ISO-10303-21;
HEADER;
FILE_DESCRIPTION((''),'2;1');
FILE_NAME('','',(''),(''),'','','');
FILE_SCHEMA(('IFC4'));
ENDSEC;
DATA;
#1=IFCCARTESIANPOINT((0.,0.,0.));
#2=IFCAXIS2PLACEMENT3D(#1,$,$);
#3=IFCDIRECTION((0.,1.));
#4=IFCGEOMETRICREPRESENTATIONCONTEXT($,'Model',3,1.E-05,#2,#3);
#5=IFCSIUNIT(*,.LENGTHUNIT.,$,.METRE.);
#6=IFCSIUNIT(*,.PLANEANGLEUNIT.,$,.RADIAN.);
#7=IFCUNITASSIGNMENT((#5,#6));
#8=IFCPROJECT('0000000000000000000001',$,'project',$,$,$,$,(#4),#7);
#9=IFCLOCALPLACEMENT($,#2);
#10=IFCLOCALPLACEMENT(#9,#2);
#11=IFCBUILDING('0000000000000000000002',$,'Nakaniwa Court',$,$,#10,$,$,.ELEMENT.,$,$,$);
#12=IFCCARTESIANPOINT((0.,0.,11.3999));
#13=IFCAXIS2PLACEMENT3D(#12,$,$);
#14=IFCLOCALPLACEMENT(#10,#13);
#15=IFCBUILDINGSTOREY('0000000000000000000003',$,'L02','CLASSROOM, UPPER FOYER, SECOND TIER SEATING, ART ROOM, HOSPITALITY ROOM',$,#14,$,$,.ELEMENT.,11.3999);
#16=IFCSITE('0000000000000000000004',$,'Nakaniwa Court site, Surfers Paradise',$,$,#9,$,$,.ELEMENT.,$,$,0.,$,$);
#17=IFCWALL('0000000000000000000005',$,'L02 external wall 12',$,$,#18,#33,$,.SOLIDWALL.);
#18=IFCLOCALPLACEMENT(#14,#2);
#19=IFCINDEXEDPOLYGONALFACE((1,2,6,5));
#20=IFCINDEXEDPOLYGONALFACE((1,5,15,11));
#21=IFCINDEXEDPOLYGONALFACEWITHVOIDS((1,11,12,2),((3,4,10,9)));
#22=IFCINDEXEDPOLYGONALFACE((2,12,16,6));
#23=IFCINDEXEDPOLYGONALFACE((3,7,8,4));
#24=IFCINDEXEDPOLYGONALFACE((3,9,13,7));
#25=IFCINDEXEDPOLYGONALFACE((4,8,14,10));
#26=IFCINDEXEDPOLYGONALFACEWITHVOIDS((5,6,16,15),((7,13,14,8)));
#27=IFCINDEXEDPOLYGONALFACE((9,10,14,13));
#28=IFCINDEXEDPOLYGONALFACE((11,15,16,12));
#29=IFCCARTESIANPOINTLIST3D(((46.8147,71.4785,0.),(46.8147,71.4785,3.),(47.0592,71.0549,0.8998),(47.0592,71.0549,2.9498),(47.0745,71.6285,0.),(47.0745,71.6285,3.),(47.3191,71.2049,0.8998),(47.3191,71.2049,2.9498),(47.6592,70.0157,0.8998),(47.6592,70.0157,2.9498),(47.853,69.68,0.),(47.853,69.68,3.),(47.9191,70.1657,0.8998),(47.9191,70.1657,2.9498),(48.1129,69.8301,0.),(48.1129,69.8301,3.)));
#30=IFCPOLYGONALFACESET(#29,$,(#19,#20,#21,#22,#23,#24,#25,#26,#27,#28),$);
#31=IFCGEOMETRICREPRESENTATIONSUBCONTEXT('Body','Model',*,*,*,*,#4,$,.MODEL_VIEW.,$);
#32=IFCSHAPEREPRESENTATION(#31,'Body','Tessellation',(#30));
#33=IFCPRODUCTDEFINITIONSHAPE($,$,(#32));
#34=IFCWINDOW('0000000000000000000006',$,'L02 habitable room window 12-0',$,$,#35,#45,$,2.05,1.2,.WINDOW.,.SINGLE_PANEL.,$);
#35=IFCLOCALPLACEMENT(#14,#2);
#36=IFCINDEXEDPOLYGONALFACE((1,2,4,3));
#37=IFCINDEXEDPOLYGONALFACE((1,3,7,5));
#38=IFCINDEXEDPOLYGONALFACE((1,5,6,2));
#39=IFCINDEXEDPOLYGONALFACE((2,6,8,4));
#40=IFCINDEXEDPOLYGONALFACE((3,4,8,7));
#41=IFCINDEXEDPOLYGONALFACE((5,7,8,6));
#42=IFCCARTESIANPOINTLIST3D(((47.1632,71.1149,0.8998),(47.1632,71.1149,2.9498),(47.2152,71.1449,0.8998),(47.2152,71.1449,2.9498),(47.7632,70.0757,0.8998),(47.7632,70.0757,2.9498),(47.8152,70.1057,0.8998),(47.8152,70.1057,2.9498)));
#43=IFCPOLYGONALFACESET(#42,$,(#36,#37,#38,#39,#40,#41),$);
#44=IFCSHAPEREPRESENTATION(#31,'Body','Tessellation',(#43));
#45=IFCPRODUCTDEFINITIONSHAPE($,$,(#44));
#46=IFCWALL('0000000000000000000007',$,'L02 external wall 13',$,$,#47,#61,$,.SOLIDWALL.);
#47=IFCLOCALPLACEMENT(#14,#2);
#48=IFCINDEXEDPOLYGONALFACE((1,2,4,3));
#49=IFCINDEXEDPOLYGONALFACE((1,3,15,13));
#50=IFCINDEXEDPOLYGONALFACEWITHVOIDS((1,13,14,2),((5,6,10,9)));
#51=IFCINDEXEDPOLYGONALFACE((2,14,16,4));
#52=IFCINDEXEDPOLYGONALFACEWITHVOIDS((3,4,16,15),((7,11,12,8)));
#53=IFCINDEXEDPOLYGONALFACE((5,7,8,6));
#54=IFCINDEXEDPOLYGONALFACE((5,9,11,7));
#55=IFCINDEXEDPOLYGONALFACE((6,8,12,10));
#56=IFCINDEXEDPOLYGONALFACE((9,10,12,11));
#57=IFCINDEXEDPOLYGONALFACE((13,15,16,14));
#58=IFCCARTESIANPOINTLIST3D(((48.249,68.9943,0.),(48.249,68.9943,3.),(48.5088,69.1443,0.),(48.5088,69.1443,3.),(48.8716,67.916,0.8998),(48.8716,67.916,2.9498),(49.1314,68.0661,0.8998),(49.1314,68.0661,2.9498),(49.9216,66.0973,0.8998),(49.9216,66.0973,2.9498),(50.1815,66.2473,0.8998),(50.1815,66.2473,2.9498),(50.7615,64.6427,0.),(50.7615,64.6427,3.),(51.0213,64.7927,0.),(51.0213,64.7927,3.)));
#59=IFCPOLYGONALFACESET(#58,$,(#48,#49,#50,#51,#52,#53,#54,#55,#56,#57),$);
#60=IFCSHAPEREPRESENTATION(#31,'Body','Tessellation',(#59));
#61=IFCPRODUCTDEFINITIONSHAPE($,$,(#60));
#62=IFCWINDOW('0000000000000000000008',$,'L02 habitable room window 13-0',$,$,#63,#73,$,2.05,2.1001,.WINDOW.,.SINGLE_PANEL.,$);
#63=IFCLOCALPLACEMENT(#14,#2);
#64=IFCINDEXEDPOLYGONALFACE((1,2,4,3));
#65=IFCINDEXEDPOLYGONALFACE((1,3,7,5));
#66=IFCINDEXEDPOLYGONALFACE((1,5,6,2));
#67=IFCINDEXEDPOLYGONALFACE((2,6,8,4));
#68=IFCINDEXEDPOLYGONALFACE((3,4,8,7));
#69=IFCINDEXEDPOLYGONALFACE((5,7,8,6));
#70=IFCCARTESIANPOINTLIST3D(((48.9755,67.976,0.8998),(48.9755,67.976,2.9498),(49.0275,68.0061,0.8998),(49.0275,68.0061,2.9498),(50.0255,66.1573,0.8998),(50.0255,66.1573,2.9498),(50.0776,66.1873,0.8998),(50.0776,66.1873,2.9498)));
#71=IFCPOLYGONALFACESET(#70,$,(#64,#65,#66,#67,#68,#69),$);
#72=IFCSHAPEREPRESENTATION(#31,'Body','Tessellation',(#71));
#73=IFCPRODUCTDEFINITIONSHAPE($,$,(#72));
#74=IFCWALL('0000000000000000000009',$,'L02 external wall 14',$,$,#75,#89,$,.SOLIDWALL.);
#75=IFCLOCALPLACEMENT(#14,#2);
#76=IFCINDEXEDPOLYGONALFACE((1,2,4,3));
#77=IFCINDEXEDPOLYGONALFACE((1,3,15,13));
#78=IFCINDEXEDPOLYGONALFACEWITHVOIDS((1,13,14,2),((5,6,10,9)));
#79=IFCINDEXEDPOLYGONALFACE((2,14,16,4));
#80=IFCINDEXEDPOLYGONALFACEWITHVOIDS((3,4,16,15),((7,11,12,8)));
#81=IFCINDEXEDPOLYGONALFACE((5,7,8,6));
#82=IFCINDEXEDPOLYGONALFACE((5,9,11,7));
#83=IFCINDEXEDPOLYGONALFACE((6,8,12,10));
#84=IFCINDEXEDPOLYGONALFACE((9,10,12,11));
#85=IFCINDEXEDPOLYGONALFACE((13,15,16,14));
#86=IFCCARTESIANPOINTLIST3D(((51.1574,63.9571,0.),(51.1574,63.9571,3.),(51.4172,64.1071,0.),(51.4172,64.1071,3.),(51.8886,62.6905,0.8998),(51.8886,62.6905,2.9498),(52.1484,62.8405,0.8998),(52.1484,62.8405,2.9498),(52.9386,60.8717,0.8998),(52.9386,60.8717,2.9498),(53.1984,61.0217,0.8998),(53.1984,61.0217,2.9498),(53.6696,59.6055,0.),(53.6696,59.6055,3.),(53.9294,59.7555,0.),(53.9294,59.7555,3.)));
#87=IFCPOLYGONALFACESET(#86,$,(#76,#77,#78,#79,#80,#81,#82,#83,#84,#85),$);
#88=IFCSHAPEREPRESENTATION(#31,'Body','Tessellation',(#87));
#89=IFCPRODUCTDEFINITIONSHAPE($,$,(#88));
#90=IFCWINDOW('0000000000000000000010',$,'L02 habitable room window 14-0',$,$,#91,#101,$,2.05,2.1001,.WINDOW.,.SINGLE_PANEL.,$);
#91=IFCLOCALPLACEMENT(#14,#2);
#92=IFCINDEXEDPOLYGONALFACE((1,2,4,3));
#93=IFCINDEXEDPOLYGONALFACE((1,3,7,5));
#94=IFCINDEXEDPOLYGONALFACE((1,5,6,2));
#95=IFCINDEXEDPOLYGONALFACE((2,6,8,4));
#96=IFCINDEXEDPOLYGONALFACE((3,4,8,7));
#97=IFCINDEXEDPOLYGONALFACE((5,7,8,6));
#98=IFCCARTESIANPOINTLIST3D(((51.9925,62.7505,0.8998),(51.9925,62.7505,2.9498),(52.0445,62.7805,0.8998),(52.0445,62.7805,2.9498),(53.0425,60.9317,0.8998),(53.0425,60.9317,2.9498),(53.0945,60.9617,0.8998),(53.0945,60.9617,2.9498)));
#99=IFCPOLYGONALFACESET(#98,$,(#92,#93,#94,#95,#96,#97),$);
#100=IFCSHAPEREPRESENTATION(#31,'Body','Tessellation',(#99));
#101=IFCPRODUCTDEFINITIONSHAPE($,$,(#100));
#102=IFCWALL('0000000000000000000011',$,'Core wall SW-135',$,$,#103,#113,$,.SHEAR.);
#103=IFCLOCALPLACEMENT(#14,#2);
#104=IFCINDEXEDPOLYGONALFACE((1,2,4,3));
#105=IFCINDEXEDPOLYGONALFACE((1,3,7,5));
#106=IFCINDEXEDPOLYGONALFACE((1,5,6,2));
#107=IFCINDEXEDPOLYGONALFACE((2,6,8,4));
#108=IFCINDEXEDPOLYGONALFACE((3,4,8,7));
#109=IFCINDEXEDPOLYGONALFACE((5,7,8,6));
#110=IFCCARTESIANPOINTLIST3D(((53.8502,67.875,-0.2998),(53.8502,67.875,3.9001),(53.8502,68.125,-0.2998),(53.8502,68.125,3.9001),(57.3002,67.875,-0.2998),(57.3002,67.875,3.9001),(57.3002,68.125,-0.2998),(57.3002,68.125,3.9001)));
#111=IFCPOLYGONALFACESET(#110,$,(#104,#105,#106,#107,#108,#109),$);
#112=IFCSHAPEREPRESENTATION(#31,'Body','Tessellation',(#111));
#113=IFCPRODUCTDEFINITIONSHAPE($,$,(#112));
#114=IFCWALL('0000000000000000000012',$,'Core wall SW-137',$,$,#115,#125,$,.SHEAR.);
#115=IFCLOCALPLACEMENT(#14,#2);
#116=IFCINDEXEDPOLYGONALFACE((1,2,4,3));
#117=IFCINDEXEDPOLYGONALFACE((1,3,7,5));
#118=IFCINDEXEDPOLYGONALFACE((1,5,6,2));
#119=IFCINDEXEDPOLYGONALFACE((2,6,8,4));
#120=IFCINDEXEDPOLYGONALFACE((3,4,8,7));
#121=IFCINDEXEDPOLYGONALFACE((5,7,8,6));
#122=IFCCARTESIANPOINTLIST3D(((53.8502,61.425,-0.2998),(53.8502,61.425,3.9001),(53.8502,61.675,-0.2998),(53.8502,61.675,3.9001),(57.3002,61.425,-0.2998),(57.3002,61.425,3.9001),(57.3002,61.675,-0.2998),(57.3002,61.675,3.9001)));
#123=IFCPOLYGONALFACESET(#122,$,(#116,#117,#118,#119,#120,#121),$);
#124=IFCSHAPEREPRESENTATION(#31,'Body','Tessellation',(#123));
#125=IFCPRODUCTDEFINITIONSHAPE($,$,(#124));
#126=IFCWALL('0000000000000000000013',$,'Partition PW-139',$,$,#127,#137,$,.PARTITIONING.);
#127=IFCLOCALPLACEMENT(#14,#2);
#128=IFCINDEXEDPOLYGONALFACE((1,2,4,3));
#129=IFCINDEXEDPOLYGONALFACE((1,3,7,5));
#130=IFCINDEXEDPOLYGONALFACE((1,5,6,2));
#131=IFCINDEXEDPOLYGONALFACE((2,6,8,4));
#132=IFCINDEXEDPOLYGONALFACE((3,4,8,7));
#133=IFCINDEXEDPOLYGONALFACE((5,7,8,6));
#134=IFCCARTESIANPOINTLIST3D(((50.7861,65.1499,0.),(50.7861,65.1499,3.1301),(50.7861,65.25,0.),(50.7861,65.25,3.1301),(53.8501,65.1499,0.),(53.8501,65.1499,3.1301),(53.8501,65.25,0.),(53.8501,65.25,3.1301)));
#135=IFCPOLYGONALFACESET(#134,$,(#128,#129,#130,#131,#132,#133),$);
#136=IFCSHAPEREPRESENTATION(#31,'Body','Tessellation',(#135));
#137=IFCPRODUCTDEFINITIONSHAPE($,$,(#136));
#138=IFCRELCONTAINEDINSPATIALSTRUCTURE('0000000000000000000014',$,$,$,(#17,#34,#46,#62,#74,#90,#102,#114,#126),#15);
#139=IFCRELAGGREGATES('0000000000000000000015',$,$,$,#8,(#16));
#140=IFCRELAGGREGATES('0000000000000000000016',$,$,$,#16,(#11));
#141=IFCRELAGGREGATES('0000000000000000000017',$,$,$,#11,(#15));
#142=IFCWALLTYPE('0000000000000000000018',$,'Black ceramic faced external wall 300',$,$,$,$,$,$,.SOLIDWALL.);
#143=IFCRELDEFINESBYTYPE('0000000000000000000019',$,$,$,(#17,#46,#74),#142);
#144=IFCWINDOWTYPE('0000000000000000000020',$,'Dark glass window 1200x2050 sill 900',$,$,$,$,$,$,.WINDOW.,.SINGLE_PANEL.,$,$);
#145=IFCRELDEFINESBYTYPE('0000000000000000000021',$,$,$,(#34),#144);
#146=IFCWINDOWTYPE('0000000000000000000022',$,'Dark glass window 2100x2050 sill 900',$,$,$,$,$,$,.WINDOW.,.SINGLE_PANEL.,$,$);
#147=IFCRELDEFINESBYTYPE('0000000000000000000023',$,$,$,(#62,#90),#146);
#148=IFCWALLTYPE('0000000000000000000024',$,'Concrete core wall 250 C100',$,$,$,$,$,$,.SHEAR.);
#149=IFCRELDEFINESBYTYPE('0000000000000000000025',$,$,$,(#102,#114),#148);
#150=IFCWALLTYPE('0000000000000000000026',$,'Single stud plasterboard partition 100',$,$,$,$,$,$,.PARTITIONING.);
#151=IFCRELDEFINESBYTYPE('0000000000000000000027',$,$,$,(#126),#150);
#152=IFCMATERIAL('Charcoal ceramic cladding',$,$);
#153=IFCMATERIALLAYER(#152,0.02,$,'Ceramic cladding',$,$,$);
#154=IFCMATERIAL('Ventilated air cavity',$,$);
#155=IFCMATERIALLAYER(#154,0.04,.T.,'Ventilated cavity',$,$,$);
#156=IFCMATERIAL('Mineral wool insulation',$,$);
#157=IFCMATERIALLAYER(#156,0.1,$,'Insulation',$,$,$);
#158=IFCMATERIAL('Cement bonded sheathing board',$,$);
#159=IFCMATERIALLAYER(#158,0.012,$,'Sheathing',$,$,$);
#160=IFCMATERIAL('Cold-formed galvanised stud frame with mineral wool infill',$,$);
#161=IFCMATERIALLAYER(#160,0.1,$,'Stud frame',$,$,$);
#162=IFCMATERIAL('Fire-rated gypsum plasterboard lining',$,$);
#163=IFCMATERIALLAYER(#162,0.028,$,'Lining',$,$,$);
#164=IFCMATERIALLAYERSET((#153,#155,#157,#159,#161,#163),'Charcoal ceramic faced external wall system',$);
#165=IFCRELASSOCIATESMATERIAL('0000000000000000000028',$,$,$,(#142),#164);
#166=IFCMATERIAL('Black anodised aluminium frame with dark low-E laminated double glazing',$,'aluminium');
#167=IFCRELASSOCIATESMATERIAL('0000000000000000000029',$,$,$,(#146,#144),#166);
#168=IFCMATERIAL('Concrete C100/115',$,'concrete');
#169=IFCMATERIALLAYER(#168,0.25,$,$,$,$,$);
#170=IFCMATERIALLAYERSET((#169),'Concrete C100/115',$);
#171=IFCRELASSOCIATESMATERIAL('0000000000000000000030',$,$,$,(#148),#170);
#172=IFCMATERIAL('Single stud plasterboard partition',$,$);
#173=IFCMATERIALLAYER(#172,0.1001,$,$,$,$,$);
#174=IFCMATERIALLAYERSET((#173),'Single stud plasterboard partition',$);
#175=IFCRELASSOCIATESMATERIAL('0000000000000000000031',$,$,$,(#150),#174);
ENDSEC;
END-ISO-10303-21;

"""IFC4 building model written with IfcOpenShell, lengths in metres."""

from ifc_helpers import new_model, si_unit, direction, frame, frame_2d, origin, place, context, subcontext, project, spatial, rectangle, extrude, material, layer, layer_set, type_object, element, fill, save


model = new_model("IFC4")

# Units and contexts
model_context = context("Model", 3, precision=1e-05, world=origin(), true_north=direction((0.0, 1.0)))
body_context = subcontext(model_context, "Body", "Model", "MODEL_VIEW")
ifc_project = project(units=[si_unit("LENGTHUNIT", "METRE"), si_unit("PLANEANGLEUNIT", "RADIAN")], contexts=[model_context])

# Site, building, storey
site_placement = place(None, origin())
site = spatial("IfcSite", under=ifc_project, at=site_placement, Name="Nakaniwa Court site, Surfers Paradise", CompositionType="ELEMENT", RefElevation=0.0)
building_placement = place(site_placement, origin())
building = spatial("IfcBuilding", under=site, at=building_placement, Name="Nakaniwa Court", CompositionType="ELEMENT")
storey_placement = place(building_placement, frame((0.0, 0.0, 11.3999)))
storey = spatial("IfcBuildingStorey", under=building, at=storey_placement, Name="L02", Description="CLASSROOM, UPPER FOYER, SECOND TIER SEATING, ART ROOM, HOSPITALITY ROOM", CompositionType="ELEMENT", Elevation=11.3999)

# Shared definitions
ifc_material_1 = material(Name="Concrete C100/115", Category="concrete")

# Walls, openings, windows
ifc_material_2 = material(Name="Charcoal ceramic cladding")
ifc_layer_1 = layer(ifc_material_2, 0.02, Name="Ceramic cladding")
ifc_material_3 = material(Name="Ventilated air cavity")
ifc_layer_2 = layer(ifc_material_3, 0.04, ventilated=True, Name="Ventilated cavity")
ifc_material_4 = material(Name="Mineral wool insulation")
ifc_layer_3 = layer(ifc_material_4, 0.1, Name="Insulation")
ifc_material_5 = material(Name="Cement bonded sheathing board")
ifc_layer_4 = layer(ifc_material_5, 0.012, Name="Sheathing")
ifc_material_6 = material(Name="Cold-formed galvanised stud frame with mineral wool infill")
ifc_layer_5 = layer(ifc_material_6, 0.1, Name="Stud frame")
ifc_material_7 = material(Name="Fire-rated gypsum plasterboard lining")
ifc_layer_6 = layer(ifc_material_7, 0.028, Name="Lining")
ifc_layer_set_1 = layer_set([ifc_layer_1, ifc_layer_2, ifc_layer_3, ifc_layer_4, ifc_layer_5, ifc_layer_6], Name="Charcoal ceramic faced external wall system")
wall_type_1 = type_object("IfcWallType", Name="Black ceramic faced external wall 300", PredefinedType="SOLIDWALL", material=ifc_layer_set_1)
ifc_material_8 = material(Name="Black anodised aluminium frame with dark low-E laminated double glazing", Category="aluminium")
window_type_1 = type_object("IfcWindowType", Name="Dark glass window 2100x2050 sill 900", PartitioningType="SINGLE_PANEL", PredefinedType="WINDOW", material=ifc_material_8)
wall_1_placement = place(storey_placement, frame((46.9446, 71.5535, 0.0), z_axis=(0.0, 0.0, 1.0), x_axis=(0.500021, -0.866013, 0.0)))
wall_1 = element("IfcWall", 1, at=wall_1_placement, inside=storey, type_object=wall_type_1, Name="L02 external wall 12", PredefinedType="SOLIDWALL", context=body_context, shape_type="SweptSolid", body=[
    extrude(rectangle(XDim=2.0767, YDim=0.3, at=frame_2d((1.0383, 0.0))), origin(), (0.0, 0.0, 1.0), 3.0),
])
opening_1_placement = place(wall_1_placement, frame((0.489, 0.0, 0.8999)))
opening_1 = element("IfcOpeningElement", 2, at=opening_1_placement, cuts=wall_1, PredefinedType="OPENING", context=body_context, shape_type="SweptSolid", body=[
    extrude(rectangle(XDim=1.2, YDim=2.05, at=frame_2d((0.6001, 1.0249))), frame((0.0, 0.1599, 0.0), z_axis=(0.0, -1.0, 0.0), x_axis=(1.0, 0.0, 0.0)), (0.0, 0.0, 1.0), 0.3201),
])
window_type_2 = type_object("IfcWindowType", Name="Dark glass window 1200x2050 sill 900", PartitioningType="SINGLE_PANEL", PredefinedType="WINDOW", material=ifc_material_8)
window_1_placement = place(opening_1_placement, origin())
window_1 = element("IfcWindow", 3, at=window_1_placement, inside=storey, type_object=window_type_2, Name="L02 habitable room window 12-0", OverallHeight=2.05, OverallWidth=1.2, PartitioningType="SINGLE_PANEL", PredefinedType="WINDOW", context=body_context, shape_type="SweptSolid", body=[
    extrude(rectangle(XDim=1.2, YDim=2.05, at=frame_2d((0.6001, 1.0249))), frame((0.0, 0.03, 0.0), z_axis=(0.0, -1.0, 0.0), x_axis=(1.0, 0.0, 0.0)), (0.0, 0.0, 1.0), 0.0601),
])
fill(opening_1, window_1)
wall_2_placement = place(storey_placement, frame((48.3789, 69.0693, 0.0), z_axis=(0.0, 0.0, 1.0), x_axis=(0.500011, -0.866019, 0.0)))
wall_2 = element("IfcWall", 4, at=wall_2_placement, inside=storey, type_object=wall_type_1, Name="L02 external wall 13", PredefinedType="SOLIDWALL", context=body_context, shape_type="SweptSolid", body=[
    extrude(rectangle(XDim=5.0249, YDim=0.3, at=frame_2d((2.5125, 0.0))), origin(), (0.0, 0.0, 1.0), 3.0),
])
opening_2_placement = place(wall_2_placement, frame((1.2451, 0.0, 0.8999)))
opening_2 = element("IfcOpeningElement", 5, at=opening_2_placement, cuts=wall_2, PredefinedType="OPENING", context=body_context, shape_type="SweptSolid", body=[
    extrude(rectangle(XDim=2.1001, YDim=2.05, at=frame_2d((1.05, 1.0249))), frame((0.0, 0.1599, 0.0), z_axis=(0.0, -1.0, 0.0), x_axis=(1.0, 0.0, 0.0)), (0.0, 0.0, 1.0), 0.3201),
])
window_2_placement = place(opening_2_placement, origin())
window_2 = element("IfcWindow", 6, at=window_2_placement, inside=storey, type_object=window_type_1, Name="L02 habitable room window 13-0", OverallHeight=2.05, OverallWidth=2.1001, PartitioningType="SINGLE_PANEL", PredefinedType="WINDOW", context=body_context, shape_type="SweptSolid", body=[
    extrude(rectangle(XDim=2.1001, YDim=2.05, at=frame_2d((1.05, 1.0249))), frame((0.0, 0.03, 0.0), z_axis=(0.0, -1.0, 0.0), x_axis=(1.0, 0.0, 0.0)), (0.0, 0.0, 1.0), 0.0601),
])
fill(opening_2, window_2)
wall_3_placement = place(storey_placement, frame((51.2874, 64.032, 0.0), z_axis=(0.0, 0.0, 1.0), x_axis=(0.499975, -0.86604, 0.0)))
wall_3 = element("IfcWall", 7, at=wall_3_placement, inside=storey, type_object=wall_type_1, Name="L02 external wall 14", PredefinedType="SOLIDWALL", context=body_context, shape_type="SweptSolid", body=[
    extrude(rectangle(XDim=5.0247, YDim=0.3, at=frame_2d((2.5122, 0.0))), origin(), (0.0, 0.0, 1.0), 3.0),
])
opening_3_placement = place(wall_3_placement, frame((1.4624, 0.0, 0.8999)))
opening_3 = element("IfcOpeningElement", 8, at=opening_3_placement, cuts=wall_3, PredefinedType="OPENING", context=body_context, shape_type="SweptSolid", body=[
    extrude(rectangle(XDim=2.1001, YDim=2.05, at=frame_2d((1.05, 1.0249))), frame((0.0, 0.1599, 0.0), z_axis=(0.0, -1.0, 0.0), x_axis=(1.0, 0.0, 0.0)), (0.0, 0.0, 1.0), 0.3201),
])
window_3_placement = place(opening_3_placement, origin())
window_3 = element("IfcWindow", 9, at=window_3_placement, inside=storey, type_object=window_type_1, Name="L02 habitable room window 14-0", OverallHeight=2.05, OverallWidth=2.1001, PartitioningType="SINGLE_PANEL", PredefinedType="WINDOW", context=body_context, shape_type="SweptSolid", body=[
    extrude(rectangle(XDim=2.1001, YDim=2.05, at=frame_2d((1.05, 1.0249))), frame((0.0, 0.03, 0.0), z_axis=(0.0, -1.0, 0.0), x_axis=(1.0, 0.0, 0.0)), (0.0, 0.0, 1.0), 0.0601),
])
fill(opening_3, window_3)

# Walls
ifc_layer_7 = layer(ifc_material_1, 0.25)
ifc_layer_set_2 = layer_set([ifc_layer_7], Name="Concrete C100/115")
wall_type_2 = type_object("IfcWallType", Name="Concrete core wall 250 C100", PredefinedType="SHEAR", material=ifc_layer_set_2)
for number, where, z_axis, x_axis, name in (
    (10, (53.8501, 68.0, -0.2998), (0.0, 0.0, 1.0), (1.0, 0.0, 0.0), "Core wall SW-135"),
    (11, (53.8501, 61.55, -0.2998), (0.0, 0.0, 1.0), (1.0, 0.0, 0.0), "Core wall SW-137"),
):
    element("IfcWall", number, at=place(storey_placement, frame(where, z_axis=z_axis, x_axis=x_axis)), inside=storey, type_object=wall_type_2, Name=name, PredefinedType="SHEAR", context=body_context, shape_type="SweptSolid", body=[
        extrude(rectangle(XDim=3.45, YDim=0.25, at=frame_2d((1.7251, 0.0))), origin(), (0.0, 0.0, 1.0), 4.2),
    ])
ifc_material_9 = material(Name="Single stud plasterboard partition")
ifc_layer_8 = layer(ifc_material_9, 0.1001)
ifc_layer_set_3 = layer_set([ifc_layer_8], Name="Single stud plasterboard partition")
wall_type_3 = type_object("IfcWallType", Name="Single stud plasterboard partition 100", PredefinedType="PARTITIONING", material=ifc_layer_set_3)
wall_4_placement = place(storey_placement, frame((50.7861, 65.2, 0.0), z_axis=(0.0, 0.0, 1.0), x_axis=(1.0, 0.0, 0.0)))
element("IfcWall", 12, at=wall_4_placement, inside=storey, type_object=wall_type_3, Name="Partition PW-139", PredefinedType="PARTITIONING", context=body_context, shape_type="SweptSolid", body=[
    extrude(rectangle(XDim=3.064, YDim=0.1001, at=frame_2d((1.532, 0.0))), origin(), (0.0, 0.0, 1.0), 3.1301),
])

save(model, "model.ifc")
